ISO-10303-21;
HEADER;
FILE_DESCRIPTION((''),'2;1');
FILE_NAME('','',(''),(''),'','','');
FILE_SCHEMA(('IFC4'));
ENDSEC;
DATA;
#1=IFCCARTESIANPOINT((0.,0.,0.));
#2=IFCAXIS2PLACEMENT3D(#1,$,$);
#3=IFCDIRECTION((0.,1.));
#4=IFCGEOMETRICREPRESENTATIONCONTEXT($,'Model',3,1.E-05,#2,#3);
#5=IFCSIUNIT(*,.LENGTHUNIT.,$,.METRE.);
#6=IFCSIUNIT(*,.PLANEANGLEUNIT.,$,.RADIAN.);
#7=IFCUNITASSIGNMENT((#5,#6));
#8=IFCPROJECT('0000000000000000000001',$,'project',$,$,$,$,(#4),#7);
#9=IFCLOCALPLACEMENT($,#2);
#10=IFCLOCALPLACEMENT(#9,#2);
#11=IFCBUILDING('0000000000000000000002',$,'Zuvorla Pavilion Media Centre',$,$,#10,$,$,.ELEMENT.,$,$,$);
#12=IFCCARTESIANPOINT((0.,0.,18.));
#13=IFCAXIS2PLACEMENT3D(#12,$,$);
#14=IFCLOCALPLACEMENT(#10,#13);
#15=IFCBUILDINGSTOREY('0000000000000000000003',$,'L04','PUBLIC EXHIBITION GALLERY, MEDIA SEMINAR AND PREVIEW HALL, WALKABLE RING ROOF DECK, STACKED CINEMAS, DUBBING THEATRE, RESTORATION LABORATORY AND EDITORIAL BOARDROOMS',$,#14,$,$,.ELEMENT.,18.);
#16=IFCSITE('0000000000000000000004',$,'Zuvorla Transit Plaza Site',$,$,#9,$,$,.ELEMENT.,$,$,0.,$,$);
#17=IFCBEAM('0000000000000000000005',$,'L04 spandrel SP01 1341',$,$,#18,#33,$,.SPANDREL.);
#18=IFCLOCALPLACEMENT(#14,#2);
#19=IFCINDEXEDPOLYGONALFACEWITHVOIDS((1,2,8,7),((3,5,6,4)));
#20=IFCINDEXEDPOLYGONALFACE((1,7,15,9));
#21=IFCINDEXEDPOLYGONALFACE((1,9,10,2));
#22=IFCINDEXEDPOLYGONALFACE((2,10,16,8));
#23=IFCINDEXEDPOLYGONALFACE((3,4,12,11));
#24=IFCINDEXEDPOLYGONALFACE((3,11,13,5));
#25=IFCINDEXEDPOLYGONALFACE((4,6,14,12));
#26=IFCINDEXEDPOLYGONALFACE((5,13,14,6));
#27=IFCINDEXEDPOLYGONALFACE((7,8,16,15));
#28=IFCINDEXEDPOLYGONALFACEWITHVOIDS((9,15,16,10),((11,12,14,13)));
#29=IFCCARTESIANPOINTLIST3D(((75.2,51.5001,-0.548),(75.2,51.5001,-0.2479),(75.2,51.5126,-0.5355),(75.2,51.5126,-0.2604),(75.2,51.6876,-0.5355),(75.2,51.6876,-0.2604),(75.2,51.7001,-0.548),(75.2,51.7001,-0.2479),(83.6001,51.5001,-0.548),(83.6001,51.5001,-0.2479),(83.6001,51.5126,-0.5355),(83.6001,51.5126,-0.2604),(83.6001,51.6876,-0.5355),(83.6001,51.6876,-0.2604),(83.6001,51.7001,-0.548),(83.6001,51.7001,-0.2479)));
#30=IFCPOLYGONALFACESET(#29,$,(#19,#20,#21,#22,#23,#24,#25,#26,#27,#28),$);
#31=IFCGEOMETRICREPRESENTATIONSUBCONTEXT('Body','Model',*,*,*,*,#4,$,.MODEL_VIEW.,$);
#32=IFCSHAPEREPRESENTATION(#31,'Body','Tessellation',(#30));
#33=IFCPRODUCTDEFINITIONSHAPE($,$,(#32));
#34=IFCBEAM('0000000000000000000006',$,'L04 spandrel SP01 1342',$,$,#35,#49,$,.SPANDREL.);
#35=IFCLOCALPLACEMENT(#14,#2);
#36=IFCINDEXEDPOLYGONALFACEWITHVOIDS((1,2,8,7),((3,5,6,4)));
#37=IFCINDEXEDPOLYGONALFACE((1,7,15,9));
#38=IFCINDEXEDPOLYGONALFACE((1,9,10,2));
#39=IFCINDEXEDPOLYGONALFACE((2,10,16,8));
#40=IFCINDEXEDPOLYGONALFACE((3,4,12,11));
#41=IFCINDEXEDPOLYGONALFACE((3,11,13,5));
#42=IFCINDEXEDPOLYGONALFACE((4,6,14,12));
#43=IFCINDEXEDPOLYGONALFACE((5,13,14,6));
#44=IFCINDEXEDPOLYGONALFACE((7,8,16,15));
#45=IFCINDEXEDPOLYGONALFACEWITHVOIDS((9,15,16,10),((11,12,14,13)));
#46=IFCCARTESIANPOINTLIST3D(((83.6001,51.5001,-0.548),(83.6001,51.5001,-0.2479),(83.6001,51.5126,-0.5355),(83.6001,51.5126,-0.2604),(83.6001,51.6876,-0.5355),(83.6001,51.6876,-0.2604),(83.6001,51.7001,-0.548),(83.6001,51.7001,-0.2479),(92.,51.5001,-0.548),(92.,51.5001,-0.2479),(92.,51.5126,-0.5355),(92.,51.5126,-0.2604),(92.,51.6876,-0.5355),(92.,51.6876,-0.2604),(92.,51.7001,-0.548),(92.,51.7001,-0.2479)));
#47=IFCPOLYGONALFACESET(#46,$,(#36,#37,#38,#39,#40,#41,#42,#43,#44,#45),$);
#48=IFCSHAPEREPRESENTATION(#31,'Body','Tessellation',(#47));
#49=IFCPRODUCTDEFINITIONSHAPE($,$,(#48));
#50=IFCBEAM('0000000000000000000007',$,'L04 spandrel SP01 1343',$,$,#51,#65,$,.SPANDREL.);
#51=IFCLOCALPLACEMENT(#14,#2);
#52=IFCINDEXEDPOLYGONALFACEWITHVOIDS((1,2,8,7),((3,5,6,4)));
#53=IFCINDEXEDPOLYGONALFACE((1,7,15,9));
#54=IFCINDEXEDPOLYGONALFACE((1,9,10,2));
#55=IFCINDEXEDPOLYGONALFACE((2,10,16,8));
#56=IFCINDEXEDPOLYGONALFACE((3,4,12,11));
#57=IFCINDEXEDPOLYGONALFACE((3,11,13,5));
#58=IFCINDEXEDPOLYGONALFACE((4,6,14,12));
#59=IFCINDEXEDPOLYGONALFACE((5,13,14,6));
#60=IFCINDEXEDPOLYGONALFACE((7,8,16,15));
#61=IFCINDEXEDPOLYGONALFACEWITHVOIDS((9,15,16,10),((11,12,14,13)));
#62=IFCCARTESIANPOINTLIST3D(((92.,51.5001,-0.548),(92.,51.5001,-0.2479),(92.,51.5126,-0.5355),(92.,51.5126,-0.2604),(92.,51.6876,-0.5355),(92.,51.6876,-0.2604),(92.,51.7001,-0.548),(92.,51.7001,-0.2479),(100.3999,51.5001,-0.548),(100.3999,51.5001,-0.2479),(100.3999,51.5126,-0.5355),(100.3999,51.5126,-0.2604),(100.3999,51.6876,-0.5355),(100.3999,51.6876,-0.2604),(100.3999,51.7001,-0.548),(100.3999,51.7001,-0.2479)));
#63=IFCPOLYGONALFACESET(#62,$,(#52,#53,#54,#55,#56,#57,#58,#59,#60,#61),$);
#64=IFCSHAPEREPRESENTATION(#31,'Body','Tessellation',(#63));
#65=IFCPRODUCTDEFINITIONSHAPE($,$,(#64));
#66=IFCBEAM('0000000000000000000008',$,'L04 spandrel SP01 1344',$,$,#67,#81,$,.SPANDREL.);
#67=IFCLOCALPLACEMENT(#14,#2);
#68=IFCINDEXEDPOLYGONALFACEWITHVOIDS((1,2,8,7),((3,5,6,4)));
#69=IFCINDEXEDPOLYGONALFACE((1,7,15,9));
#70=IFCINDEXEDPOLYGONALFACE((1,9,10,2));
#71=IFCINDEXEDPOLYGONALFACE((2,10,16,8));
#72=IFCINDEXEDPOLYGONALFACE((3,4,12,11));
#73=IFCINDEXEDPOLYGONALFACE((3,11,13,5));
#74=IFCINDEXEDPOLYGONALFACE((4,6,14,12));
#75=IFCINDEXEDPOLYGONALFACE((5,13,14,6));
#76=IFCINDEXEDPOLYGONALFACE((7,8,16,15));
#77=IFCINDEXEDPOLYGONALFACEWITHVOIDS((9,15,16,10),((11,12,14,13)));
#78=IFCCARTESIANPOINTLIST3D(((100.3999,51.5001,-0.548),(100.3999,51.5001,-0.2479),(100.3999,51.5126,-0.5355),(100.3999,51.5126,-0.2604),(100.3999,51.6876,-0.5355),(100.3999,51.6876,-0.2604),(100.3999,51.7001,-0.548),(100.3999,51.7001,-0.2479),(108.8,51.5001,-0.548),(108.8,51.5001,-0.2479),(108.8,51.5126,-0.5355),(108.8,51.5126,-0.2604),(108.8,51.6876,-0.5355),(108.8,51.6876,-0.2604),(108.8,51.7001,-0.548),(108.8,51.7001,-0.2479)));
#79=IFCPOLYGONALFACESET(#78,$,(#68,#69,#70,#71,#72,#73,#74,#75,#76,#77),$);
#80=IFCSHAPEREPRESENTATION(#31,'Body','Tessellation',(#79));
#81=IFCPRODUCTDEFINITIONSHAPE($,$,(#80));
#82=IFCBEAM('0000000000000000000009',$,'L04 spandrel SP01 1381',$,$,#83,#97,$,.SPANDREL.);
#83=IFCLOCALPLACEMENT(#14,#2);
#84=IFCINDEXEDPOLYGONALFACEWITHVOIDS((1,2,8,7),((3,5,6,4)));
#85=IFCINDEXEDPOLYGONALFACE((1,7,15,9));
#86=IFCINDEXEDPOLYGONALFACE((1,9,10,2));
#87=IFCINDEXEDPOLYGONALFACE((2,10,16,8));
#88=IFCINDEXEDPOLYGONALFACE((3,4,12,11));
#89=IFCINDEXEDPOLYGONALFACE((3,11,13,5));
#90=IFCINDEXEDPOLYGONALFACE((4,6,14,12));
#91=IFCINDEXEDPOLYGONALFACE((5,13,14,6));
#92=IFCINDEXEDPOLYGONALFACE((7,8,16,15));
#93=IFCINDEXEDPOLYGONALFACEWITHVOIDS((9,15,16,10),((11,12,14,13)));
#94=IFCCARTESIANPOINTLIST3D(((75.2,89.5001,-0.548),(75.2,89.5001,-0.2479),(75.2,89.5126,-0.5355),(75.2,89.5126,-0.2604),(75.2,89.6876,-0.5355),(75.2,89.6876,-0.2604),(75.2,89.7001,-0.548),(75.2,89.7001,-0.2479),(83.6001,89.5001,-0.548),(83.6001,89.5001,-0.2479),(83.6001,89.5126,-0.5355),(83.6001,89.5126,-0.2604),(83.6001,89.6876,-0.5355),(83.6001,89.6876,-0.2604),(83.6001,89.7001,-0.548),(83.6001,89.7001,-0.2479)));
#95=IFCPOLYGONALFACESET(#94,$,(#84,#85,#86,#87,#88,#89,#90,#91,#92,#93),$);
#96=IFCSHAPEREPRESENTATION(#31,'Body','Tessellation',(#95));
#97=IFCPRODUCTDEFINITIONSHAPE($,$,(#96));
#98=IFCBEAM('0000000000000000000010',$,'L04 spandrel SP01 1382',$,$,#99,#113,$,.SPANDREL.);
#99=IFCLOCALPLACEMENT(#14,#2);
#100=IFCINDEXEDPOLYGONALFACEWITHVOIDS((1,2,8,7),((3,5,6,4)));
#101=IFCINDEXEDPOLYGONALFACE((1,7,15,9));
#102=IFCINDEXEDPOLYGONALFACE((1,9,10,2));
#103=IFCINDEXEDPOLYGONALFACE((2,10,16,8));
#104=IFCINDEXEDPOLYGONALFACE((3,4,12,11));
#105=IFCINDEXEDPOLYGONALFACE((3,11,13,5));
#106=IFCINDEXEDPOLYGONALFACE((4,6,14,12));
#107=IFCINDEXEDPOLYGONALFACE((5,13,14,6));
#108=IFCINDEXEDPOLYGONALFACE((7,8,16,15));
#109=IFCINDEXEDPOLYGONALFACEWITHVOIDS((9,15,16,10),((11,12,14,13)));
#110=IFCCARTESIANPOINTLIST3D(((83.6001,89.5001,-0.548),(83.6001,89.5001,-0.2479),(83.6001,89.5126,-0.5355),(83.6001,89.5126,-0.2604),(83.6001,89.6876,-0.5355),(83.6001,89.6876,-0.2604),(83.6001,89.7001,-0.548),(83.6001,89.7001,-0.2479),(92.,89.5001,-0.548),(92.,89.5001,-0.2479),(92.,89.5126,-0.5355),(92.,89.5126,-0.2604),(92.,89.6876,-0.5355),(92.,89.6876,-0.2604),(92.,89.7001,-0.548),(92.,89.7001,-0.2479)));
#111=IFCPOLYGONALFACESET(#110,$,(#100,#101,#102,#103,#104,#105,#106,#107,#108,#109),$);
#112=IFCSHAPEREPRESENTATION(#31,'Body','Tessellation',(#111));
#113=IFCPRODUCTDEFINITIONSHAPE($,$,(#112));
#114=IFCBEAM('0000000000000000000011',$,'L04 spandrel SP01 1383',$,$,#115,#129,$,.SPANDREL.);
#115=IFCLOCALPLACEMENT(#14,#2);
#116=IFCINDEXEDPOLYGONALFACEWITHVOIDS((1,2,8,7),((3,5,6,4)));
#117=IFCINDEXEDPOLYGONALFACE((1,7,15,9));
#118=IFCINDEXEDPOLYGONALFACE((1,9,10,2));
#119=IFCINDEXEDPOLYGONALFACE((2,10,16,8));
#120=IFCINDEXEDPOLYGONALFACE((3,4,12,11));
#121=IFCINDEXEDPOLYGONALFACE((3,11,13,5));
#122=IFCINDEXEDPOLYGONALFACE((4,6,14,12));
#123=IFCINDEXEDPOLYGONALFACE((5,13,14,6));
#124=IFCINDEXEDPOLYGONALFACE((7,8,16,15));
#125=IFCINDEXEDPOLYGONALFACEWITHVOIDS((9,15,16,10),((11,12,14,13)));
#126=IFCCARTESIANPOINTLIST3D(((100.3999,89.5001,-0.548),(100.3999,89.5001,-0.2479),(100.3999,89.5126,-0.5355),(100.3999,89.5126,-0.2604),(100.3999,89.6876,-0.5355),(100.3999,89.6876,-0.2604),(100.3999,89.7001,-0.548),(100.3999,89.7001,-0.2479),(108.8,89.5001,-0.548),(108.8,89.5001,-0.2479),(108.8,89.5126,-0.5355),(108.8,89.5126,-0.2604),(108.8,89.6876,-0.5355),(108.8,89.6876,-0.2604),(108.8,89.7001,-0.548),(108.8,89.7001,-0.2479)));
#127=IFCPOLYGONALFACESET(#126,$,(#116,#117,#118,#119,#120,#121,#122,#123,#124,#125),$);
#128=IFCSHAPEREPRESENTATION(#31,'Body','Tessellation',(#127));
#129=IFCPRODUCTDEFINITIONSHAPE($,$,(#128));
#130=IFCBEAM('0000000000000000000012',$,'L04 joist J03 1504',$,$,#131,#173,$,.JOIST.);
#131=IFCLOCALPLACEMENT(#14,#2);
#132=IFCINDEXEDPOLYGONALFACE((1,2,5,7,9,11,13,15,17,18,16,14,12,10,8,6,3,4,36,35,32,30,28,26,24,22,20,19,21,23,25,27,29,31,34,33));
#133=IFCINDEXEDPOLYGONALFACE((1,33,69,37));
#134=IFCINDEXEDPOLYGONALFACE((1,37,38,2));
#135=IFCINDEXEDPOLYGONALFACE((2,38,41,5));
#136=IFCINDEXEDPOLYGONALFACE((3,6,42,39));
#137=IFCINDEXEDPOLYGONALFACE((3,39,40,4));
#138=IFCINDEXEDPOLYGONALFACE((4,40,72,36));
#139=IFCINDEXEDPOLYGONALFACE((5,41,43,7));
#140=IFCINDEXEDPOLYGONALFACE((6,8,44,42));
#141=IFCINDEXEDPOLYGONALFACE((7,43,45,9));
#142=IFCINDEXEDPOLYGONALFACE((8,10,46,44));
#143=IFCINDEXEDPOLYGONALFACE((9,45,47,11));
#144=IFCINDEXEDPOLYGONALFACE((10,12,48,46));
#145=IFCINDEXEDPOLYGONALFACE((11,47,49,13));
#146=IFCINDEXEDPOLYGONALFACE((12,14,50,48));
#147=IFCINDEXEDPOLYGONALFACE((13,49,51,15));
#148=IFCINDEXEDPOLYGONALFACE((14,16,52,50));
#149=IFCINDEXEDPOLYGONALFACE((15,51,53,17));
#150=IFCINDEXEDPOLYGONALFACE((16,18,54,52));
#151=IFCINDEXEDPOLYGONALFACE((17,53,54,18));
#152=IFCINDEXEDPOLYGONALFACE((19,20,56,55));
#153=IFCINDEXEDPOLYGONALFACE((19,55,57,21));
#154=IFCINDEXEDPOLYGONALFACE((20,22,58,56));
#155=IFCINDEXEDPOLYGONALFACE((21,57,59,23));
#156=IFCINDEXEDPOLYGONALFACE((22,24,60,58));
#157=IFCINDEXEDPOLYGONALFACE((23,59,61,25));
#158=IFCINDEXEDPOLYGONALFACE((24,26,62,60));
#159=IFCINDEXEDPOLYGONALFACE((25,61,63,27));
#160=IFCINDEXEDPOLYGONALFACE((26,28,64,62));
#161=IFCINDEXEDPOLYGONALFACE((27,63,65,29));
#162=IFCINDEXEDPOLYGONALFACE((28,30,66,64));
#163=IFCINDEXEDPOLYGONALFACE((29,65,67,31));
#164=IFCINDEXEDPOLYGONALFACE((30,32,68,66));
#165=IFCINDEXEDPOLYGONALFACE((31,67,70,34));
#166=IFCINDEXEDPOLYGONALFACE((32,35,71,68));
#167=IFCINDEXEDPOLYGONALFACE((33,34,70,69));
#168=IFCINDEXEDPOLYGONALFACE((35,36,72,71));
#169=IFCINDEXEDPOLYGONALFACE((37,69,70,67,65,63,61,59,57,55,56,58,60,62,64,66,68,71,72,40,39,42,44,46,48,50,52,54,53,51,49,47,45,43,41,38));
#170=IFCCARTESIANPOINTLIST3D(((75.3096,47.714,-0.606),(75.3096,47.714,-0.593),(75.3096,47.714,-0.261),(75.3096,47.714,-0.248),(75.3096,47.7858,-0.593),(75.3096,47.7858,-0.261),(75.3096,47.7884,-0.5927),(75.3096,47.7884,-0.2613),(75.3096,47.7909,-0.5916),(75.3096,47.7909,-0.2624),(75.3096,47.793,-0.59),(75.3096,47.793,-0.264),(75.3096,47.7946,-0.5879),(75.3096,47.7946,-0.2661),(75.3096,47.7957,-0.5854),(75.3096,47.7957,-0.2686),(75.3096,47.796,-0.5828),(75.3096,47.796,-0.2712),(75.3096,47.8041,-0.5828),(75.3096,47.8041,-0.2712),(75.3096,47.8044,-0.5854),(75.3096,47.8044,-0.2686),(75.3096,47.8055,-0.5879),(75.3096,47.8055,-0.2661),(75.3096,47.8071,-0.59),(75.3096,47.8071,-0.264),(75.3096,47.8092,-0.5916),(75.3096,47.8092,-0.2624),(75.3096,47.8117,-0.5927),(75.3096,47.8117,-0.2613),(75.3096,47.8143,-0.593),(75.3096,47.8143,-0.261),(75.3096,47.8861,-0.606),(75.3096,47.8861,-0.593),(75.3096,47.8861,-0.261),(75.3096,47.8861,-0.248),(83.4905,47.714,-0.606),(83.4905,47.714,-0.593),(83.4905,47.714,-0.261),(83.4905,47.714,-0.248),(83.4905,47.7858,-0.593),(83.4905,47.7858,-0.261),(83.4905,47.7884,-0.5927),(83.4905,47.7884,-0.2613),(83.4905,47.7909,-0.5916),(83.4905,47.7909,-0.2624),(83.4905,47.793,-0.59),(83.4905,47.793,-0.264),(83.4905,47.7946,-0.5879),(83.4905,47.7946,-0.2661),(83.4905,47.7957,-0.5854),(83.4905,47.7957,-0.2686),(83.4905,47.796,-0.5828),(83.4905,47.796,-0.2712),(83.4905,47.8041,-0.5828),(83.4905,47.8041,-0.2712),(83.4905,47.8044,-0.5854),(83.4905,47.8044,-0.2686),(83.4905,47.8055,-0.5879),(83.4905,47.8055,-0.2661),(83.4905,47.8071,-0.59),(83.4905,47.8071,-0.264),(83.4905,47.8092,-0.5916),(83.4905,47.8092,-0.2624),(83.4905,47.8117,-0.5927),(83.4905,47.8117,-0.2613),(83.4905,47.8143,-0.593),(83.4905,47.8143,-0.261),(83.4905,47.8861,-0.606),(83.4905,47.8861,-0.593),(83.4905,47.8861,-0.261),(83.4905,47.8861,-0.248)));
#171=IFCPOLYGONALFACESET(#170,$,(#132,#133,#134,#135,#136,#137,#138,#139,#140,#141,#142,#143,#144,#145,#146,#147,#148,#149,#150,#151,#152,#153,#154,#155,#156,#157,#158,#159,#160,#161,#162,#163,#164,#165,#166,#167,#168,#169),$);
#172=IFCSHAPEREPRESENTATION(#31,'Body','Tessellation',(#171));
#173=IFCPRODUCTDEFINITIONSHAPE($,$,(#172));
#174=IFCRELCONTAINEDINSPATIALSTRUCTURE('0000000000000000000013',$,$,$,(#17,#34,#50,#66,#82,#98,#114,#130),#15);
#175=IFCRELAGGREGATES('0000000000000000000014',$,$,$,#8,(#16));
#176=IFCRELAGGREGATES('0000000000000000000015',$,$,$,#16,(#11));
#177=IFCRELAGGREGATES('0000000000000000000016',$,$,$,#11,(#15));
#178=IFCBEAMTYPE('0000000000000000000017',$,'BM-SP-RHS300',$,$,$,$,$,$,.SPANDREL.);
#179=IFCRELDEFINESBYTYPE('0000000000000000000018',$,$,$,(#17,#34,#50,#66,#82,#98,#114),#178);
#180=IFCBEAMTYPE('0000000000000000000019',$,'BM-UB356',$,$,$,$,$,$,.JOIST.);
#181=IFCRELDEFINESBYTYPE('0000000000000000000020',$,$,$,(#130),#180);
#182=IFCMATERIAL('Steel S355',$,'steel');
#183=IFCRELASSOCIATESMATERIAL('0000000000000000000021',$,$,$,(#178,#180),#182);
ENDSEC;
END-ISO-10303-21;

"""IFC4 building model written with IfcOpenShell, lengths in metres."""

from ifc_helpers import new_model, si_unit, direction, frame, origin, origin_2d, place, context, subcontext, project, spatial, hollow_rectangle, i_section, extrude, material, material_profile, profile_set, type_object, element, save


model = new_model("IFC4")

# Units and contexts
model_context = context("Model", 3, precision=1e-05, world=origin(), true_north=direction((0.0, 1.0)))
body_context = subcontext(model_context, "Body", "Model", "MODEL_VIEW")
ifc_project = project(units=[si_unit("LENGTHUNIT", "METRE"), si_unit("PLANEANGLEUNIT", "RADIAN")], contexts=[model_context])

# Site, building, storey
site_placement = place(None, origin())
site = spatial("IfcSite", under=ifc_project, at=site_placement, Name="Zuvorla Transit Plaza Site", CompositionType="ELEMENT", RefElevation=0.0)
building_placement = place(site_placement, origin())
building = spatial("IfcBuilding", under=site, at=building_placement, Name="Zuvorla Pavilion Media Centre", CompositionType="ELEMENT")
storey_placement = place(building_placement, frame((0.0, 0.0, 18.0)))
storey = spatial("IfcBuildingStorey", under=building, at=storey_placement, Name="L04", Description="PUBLIC EXHIBITION GALLERY, MEDIA SEMINAR AND PREVIEW HALL, WALKABLE RING ROOF DECK, STACKED CINEMAS, DUBBING THEATRE, RESTORATION LABORATORY AND EDITORIAL BOARDROOMS", CompositionType="ELEMENT", Elevation=18.0)

# Beams
ifc_material = material(Name="Steel S355", Category="steel")
ifc_material_profile_1 = material_profile(ifc_material, hollow_rectangle(XDim=0.2, YDim=0.3, WallThickness=0.0125, at=origin_2d()), Name="RHS 300x200x12.5")
ifc_profile_set_1 = profile_set([ifc_material_profile_1], Name="Steel S355")
beam_type_1 = type_object("IfcBeamType", Name="BM-SP-RHS300", PredefinedType="SPANDREL", material=ifc_profile_set_1)
beam_1_placement = place(storey_placement, frame((75.2, 51.6001, -0.3979), z_axis=(1.0, 0.0, 0.0), x_axis=(0.0, 1.0, 0.0)))
element("IfcBeam", 1, at=beam_1_placement, inside=storey, type_object=beam_type_1, Name="L04 spandrel SP01 1341", PredefinedType="SPANDREL", context=body_context, shape_type="SweptSolid", body=[
    extrude(hollow_rectangle(XDim=0.2, YDim=0.3, WallThickness=0.0125, at=origin_2d()), origin(), (0.0, 0.0, 1.0), 8.4001),
])
for number, where, z_axis, x_axis, name in (
    (2, (83.6001, 51.6001, -0.3979), (1.0, 0.0, 0.0), (0.0, 1.0, 0.0), "L04 spandrel SP01 1342"),
    (3, (92.0, 51.6001, -0.3979), (1.0, 0.0, 0.0), (0.0, 1.0, 0.0), "L04 spandrel SP01 1343"),
):
    element("IfcBeam", number, at=place(storey_placement, frame(where, z_axis=z_axis, x_axis=x_axis)), inside=storey, type_object=beam_type_1, Name=name, PredefinedType="SPANDREL", context=body_context, shape_type="SweptSolid", body=[
        extrude(hollow_rectangle(XDim=0.2, YDim=0.3, WallThickness=0.0125, at=origin_2d()), origin(), (0.0, 0.0, 1.0), 8.3999),
    ])
for number, where, z_axis, x_axis, name in (
    (4, (100.3999, 51.6001, -0.3979), (1.0, 0.0, 0.0), (0.0, 1.0, 0.0), "L04 spandrel SP01 1344"),
    (5, (75.2, 89.6001, -0.3979), (1.0, 0.0, 0.0), (0.0, 1.0, 0.0), "L04 spandrel SP01 1381"),
):
    element("IfcBeam", number, at=place(storey_placement, frame(where, z_axis=z_axis, x_axis=x_axis)), inside=storey, type_object=beam_type_1, Name=name, PredefinedType="SPANDREL", context=body_context, shape_type="SweptSolid", body=[
        extrude(hollow_rectangle(XDim=0.2, YDim=0.3, WallThickness=0.0125, at=origin_2d()), origin(), (0.0, 0.0, 1.0), 8.4001),
    ])
beam_2_placement = place(storey_placement, frame((83.6001, 89.6001, -0.3979), z_axis=(1.0, 0.0, 0.0), x_axis=(0.0, 1.0, 0.0)))
element("IfcBeam", 6, at=beam_2_placement, inside=storey, type_object=beam_type_1, Name="L04 spandrel SP01 1382", PredefinedType="SPANDREL", context=body_context, shape_type="SweptSolid", body=[
    extrude(hollow_rectangle(XDim=0.2, YDim=0.3, WallThickness=0.0125, at=origin_2d()), origin(), (0.0, 0.0, 1.0), 8.3999),
])
beam_3_placement = place(storey_placement, frame((100.3999, 89.6001, -0.3979), z_axis=(1.0, 0.0, 0.0), x_axis=(0.0, 1.0, 0.0)))
element("IfcBeam", 7, at=beam_3_placement, inside=storey, type_object=beam_type_1, Name="L04 spandrel SP01 1383", PredefinedType="SPANDREL", context=body_context, shape_type="SweptSolid", body=[
    extrude(hollow_rectangle(XDim=0.2, YDim=0.3, WallThickness=0.0125, at=origin_2d()), origin(), (0.0, 0.0, 1.0), 8.4001),
])
ifc_material_profile_2 = material_profile(ifc_material, i_section(OverallWidth=0.1721, OverallDepth=0.3579, WebThickness=0.0081, FlangeThickness=0.0129, FilletRadius=0.0103, at=origin_2d()), Name="UB 356x171x57")
ifc_profile_set_2 = profile_set([ifc_material_profile_2], Name="Steel S355")
beam_type_2 = type_object("IfcBeamType", Name="BM-UB356", PredefinedType="JOIST", material=ifc_profile_set_2)
for number, where, z_axis, x_axis, name in (
    (8, (75.3096, 47.8, -0.427), (1.0, 0.0, 0.0), (0.0, 1.0, 0.0), "L04 joist J03 1504"),
):
    element("IfcBeam", number, at=place(storey_placement, frame(where, z_axis=z_axis, x_axis=x_axis)), inside=storey, type_object=beam_type_2, Name=name, PredefinedType="JOIST", context=body_context, shape_type="SweptSolid", body=[
        extrude(i_section(OverallWidth=0.1721, OverallDepth=0.3579, WebThickness=0.0081, FlangeThickness=0.0129, FilletRadius=0.0103, at=origin_2d()), origin(), (0.0, 0.0, 1.0), 8.1809),
    ])

save(model, "model.ifc")
